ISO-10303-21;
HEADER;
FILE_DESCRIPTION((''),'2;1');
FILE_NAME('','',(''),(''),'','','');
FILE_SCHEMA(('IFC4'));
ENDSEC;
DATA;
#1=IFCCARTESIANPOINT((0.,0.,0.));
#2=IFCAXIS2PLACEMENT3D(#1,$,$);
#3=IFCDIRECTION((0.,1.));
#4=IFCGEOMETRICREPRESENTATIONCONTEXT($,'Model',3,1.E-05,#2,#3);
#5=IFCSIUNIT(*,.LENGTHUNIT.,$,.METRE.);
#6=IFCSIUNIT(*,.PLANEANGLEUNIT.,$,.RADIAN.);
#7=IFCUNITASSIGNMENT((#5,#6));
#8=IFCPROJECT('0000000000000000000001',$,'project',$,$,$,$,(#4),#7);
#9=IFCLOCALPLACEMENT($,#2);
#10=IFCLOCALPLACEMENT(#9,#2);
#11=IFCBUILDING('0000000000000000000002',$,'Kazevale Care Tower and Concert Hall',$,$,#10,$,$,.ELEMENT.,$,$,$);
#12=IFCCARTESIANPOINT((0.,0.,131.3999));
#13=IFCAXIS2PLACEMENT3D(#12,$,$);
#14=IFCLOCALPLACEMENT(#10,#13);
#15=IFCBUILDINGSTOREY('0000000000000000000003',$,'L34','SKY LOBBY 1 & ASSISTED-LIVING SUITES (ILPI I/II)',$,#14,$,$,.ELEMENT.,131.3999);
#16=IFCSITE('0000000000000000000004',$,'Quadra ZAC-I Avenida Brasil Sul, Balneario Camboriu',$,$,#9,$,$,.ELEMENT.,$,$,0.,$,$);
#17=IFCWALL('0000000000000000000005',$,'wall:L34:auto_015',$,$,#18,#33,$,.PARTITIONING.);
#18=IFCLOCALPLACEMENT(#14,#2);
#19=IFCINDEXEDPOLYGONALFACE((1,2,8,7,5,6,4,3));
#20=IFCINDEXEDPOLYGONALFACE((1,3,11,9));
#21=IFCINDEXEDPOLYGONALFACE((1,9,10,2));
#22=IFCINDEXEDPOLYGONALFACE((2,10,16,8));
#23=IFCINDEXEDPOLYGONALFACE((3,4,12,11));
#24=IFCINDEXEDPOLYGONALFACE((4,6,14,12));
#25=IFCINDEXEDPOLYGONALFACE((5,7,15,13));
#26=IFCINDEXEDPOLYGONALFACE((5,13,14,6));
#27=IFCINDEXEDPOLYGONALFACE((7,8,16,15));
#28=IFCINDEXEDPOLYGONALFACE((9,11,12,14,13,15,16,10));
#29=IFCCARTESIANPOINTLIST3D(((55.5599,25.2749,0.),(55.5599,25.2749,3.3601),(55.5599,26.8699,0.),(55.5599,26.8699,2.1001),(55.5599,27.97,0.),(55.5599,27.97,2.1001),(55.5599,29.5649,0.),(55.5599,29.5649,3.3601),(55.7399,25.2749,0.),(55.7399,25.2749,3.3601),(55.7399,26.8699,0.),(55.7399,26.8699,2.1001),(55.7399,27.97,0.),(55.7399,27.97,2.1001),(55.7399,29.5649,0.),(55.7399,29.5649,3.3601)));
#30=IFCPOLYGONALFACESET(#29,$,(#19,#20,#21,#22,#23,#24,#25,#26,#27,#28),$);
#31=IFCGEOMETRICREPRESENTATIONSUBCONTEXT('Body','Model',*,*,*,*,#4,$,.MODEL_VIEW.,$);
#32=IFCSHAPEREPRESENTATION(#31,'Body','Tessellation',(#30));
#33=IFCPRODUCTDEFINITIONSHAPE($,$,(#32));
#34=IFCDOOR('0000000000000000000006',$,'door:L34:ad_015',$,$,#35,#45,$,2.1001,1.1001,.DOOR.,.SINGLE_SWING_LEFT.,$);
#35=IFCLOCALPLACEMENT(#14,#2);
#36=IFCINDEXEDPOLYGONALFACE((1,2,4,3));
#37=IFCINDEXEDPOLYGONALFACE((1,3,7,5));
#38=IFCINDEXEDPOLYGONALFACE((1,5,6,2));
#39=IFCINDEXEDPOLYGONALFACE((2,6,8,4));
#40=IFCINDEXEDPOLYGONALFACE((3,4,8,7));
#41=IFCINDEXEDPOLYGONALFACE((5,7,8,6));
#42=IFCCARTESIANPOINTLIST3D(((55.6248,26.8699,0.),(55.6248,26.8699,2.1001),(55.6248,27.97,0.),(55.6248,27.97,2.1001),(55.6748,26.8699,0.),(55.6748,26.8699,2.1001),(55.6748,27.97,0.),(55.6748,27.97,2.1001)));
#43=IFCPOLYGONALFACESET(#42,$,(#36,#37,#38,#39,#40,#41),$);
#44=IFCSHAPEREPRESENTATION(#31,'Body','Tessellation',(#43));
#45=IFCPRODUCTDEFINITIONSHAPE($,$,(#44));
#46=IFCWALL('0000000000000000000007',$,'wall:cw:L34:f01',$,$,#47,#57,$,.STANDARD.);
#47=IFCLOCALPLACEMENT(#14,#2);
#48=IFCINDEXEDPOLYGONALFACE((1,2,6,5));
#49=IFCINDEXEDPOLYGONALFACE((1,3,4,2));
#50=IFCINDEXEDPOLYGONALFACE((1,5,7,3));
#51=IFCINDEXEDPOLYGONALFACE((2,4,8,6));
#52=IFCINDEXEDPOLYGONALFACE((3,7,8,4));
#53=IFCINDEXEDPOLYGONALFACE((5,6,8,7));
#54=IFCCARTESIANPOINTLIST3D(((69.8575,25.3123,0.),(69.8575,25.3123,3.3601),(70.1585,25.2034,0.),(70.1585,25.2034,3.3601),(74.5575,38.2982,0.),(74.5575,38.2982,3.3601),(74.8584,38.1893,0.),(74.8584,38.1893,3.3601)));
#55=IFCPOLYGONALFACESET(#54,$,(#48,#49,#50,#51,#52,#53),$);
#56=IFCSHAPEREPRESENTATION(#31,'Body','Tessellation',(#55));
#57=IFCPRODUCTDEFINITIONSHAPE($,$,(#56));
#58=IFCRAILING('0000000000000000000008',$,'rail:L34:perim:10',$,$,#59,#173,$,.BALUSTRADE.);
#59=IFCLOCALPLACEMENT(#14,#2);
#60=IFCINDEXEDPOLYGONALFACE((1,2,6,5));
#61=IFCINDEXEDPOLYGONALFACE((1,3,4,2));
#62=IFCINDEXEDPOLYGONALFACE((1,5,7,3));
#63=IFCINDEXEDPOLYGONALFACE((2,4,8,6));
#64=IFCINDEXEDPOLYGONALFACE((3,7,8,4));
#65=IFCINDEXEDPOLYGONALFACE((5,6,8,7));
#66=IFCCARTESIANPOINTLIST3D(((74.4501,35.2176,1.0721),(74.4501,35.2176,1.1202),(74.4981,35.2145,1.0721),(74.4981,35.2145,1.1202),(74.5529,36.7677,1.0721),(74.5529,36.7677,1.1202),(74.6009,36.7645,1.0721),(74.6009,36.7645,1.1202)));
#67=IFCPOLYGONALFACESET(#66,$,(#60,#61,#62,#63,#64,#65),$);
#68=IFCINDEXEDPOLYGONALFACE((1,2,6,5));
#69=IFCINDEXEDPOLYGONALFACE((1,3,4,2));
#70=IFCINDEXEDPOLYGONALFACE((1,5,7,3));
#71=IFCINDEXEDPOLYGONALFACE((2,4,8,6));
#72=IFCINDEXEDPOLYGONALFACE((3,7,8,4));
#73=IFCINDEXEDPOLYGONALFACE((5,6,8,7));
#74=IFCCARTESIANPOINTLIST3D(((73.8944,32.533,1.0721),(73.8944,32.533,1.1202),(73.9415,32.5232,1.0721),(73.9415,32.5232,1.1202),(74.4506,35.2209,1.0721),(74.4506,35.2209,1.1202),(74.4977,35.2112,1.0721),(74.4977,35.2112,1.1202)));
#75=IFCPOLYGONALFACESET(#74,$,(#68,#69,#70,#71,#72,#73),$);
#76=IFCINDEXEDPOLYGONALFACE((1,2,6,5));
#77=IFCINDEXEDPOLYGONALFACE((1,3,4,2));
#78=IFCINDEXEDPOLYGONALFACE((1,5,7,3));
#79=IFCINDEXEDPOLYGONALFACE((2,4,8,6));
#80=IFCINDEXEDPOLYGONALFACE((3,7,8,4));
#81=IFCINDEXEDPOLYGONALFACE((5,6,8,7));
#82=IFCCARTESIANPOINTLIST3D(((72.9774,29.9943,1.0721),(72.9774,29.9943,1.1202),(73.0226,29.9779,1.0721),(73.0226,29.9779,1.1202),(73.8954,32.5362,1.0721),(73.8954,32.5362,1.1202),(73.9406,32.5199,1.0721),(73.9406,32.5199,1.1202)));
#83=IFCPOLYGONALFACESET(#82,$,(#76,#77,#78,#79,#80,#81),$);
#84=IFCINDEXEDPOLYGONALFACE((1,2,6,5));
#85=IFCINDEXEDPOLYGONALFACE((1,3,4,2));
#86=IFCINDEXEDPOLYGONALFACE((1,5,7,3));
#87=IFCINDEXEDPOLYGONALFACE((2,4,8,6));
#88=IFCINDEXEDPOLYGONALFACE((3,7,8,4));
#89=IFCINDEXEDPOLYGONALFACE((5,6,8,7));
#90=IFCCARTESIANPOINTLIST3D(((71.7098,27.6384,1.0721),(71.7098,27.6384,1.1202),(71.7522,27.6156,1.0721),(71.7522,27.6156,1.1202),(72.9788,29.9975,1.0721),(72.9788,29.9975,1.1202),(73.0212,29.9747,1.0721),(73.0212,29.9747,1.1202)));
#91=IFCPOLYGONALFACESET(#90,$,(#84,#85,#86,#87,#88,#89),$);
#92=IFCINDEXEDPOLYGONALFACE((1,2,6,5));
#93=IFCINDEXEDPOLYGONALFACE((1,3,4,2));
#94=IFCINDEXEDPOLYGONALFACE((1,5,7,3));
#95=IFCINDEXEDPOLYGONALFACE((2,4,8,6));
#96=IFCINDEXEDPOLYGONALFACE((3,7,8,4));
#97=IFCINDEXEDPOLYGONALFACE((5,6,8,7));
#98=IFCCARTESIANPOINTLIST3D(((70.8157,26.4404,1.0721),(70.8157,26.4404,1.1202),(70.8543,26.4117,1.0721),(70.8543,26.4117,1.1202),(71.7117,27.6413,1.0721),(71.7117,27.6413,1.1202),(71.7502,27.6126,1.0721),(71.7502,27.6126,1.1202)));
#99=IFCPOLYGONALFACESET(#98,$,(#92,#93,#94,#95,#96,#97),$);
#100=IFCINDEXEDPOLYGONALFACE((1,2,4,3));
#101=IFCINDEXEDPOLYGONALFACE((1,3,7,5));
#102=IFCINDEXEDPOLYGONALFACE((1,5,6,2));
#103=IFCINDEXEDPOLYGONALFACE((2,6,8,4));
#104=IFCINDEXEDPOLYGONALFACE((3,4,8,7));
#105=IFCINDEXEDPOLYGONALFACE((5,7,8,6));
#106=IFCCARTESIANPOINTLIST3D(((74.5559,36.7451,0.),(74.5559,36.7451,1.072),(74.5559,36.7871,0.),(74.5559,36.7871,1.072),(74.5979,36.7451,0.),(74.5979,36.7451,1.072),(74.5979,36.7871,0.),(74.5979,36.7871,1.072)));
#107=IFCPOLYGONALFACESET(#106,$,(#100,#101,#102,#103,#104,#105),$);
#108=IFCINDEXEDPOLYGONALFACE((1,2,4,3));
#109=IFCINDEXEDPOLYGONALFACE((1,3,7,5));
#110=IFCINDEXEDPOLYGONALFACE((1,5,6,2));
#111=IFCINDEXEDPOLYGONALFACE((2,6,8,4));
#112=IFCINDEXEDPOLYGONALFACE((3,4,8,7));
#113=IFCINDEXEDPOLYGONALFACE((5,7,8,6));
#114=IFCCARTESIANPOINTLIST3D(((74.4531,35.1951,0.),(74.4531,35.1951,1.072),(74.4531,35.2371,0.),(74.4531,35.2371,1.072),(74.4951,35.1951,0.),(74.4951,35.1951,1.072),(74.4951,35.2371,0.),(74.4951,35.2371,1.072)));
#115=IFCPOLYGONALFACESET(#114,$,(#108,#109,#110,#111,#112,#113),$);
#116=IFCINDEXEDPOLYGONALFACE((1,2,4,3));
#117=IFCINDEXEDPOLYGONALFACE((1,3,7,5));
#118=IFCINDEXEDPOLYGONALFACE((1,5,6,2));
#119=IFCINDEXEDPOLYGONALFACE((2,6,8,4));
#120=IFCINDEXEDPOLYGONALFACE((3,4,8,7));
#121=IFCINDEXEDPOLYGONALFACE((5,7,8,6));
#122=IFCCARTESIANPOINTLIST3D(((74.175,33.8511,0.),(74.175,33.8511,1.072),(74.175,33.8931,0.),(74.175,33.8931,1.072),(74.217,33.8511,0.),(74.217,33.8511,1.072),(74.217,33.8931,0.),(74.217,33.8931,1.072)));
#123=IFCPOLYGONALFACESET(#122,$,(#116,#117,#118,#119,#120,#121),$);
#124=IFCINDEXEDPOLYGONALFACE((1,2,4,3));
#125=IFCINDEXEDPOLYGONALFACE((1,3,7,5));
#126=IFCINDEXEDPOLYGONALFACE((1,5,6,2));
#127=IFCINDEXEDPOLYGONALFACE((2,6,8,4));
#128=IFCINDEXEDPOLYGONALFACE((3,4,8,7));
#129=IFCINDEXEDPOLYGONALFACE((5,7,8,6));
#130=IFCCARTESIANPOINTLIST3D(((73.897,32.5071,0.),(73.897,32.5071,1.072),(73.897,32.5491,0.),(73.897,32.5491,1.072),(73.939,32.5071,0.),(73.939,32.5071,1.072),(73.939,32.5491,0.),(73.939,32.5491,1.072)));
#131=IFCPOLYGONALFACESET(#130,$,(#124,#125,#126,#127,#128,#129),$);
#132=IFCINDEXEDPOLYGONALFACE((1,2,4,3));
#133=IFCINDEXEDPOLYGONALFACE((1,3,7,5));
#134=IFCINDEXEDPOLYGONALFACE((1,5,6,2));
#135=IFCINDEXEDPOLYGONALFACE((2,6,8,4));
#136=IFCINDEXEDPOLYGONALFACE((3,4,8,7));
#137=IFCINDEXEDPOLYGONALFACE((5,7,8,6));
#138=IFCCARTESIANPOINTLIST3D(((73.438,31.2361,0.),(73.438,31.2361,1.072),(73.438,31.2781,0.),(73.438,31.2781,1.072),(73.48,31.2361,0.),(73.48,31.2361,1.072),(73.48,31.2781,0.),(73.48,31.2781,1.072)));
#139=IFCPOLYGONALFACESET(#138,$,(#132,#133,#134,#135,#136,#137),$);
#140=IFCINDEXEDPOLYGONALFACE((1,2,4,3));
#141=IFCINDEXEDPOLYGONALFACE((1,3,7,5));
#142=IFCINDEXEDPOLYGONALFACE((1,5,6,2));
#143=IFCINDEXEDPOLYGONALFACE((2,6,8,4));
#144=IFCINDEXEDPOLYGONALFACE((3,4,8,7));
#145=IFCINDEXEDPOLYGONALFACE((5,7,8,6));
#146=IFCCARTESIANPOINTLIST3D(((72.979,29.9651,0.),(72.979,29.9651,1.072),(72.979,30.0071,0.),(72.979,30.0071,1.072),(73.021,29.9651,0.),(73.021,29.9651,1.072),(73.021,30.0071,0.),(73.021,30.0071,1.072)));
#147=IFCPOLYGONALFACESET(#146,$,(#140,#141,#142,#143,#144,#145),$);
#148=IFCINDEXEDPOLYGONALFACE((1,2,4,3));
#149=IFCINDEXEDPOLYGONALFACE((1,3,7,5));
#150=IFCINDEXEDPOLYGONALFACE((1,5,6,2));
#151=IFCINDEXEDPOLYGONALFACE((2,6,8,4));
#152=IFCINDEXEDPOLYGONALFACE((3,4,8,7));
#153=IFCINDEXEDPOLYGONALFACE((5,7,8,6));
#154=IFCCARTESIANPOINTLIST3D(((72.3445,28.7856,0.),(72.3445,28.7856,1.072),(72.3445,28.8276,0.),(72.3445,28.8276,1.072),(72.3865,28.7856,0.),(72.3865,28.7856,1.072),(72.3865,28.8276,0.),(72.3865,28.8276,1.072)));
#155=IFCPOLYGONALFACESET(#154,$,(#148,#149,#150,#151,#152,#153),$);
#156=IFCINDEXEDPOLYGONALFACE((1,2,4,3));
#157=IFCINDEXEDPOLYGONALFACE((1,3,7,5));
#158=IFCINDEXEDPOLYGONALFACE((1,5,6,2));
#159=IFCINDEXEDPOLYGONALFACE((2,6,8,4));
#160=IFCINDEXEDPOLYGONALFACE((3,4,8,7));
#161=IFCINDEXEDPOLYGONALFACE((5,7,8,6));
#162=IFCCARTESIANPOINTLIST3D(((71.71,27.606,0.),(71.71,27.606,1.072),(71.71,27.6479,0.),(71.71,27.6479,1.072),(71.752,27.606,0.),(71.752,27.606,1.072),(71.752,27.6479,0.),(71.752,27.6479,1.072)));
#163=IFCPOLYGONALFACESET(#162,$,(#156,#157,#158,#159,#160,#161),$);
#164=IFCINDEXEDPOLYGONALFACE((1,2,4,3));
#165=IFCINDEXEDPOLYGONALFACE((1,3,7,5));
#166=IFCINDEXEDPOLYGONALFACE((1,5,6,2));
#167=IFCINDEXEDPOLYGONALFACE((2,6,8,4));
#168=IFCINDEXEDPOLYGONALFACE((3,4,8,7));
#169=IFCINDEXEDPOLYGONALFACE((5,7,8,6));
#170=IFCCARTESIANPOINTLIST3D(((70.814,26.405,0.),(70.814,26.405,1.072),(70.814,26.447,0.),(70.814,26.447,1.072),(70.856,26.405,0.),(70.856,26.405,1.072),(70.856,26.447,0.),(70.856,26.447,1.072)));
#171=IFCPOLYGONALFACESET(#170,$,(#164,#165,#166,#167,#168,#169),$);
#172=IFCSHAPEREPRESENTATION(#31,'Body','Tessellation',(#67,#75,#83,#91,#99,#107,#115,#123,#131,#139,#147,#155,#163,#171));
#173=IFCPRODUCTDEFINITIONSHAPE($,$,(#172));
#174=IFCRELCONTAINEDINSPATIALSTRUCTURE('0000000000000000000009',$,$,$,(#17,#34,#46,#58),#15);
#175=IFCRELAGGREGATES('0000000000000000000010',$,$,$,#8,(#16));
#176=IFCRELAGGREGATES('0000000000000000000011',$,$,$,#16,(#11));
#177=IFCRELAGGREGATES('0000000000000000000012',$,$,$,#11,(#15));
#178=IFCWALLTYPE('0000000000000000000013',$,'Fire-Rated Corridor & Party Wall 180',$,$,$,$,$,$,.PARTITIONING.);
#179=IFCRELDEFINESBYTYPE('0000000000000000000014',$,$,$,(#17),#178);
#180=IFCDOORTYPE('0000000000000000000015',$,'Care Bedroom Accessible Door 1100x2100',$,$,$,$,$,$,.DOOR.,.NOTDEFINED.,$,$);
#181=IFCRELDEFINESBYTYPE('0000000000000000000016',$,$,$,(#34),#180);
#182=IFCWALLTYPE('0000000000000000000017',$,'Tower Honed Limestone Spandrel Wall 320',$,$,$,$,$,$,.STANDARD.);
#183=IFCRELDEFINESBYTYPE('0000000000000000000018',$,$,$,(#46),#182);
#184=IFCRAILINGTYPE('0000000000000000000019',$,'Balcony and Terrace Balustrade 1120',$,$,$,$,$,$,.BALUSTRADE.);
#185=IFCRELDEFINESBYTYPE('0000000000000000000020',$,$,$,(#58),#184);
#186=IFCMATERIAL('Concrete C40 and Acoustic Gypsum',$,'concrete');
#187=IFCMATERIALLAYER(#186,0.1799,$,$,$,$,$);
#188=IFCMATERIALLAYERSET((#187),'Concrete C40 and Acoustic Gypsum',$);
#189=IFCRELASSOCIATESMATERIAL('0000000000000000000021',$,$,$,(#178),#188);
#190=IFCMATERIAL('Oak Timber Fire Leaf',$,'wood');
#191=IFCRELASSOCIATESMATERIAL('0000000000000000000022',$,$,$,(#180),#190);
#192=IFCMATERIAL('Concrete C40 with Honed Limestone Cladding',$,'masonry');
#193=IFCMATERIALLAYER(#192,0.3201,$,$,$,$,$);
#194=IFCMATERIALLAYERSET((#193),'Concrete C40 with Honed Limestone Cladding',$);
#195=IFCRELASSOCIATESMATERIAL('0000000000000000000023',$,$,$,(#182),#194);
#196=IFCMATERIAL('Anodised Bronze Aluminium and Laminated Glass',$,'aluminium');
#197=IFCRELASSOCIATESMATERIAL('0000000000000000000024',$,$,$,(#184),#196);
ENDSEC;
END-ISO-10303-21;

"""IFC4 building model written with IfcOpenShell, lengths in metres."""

from ifc_helpers import new_model, si_unit, direction, frame, frame_2d, origin, origin_2d, place, context, subcontext, project, spatial, rectangle, extrude, material, layer, layer_set, type_object, element, fill, save


model = new_model("IFC4")

# Units and contexts
model_context = context("Model", 3, precision=1e-05, world=origin(), true_north=direction((0.0, 1.0)))
body_context = subcontext(model_context, "Body", "Model", "MODEL_VIEW")
ifc_project = project(units=[si_unit("LENGTHUNIT", "METRE"), si_unit("PLANEANGLEUNIT", "RADIAN")], contexts=[model_context])

# Site, building, storey
site_placement = place(None, origin())
site = spatial("IfcSite", under=ifc_project, at=site_placement, Name="Quadra ZAC-I Avenida Brasil Sul, Balneario Camboriu", CompositionType="ELEMENT", RefElevation=0.0)
building_placement = place(site_placement, origin())
building = spatial("IfcBuilding", under=site, at=building_placement, Name="Kazevale Care Tower and Concert Hall", CompositionType="ELEMENT")
storey_placement = place(building_placement, frame((0.0, 0.0, 131.3999)))
storey = spatial("IfcBuildingStorey", under=building, at=storey_placement, Name="L34", Description="SKY LOBBY 1 & ASSISTED-LIVING SUITES (ILPI I/II)", CompositionType="ELEMENT", Elevation=131.3999)

# Wall, opening, door
ifc_material_1 = material(Name="Concrete C40 and Acoustic Gypsum", Category="concrete")
ifc_layer_1 = layer(ifc_material_1, 0.1799)
ifc_layer_set_1 = layer_set([ifc_layer_1], Name="Concrete C40 and Acoustic Gypsum")
wall_type_1 = type_object("IfcWallType", Name="Fire-Rated Corridor & Party Wall 180", PredefinedType="PARTITIONING", material=ifc_layer_set_1)
ifc_material_2 = material(Name="Oak Timber Fire Leaf", Category="wood")
door_type = type_object("IfcDoorType", Name="Care Bedroom Accessible Door 1100x2100", OperationType="NOTDEFINED", PredefinedType="DOOR", material=ifc_material_2)
wall_1_placement = place(storey_placement, frame((55.6499, 29.5649, 0.0), z_axis=(0.0, 0.0, 1.0), x_axis=(0.0, -1.0, 0.0)))
wall_1 = element("IfcWall", 1, at=wall_1_placement, inside=storey, type_object=wall_type_1, Name="wall:L34:auto_015", PredefinedType="PARTITIONING", context=body_context, shape_type="SweptSolid", body=[
    extrude(rectangle(XDim=4.29, YDim=0.1799, at=frame_2d((2.145, 0.0))), origin(), (0.0, 0.0, 1.0), 3.3601),
])
opening_1_placement = place(wall_1_placement, frame((1.595, 0.0, 0.0)))
opening_1 = element("IfcOpeningElement", 2, at=opening_1_placement, cuts=wall_1, PredefinedType="OPENING", context=body_context, shape_type="SweptSolid", body=[
    extrude(rectangle(XDim=1.1001, YDim=2.1001, at=frame_2d((0.55, 1.05))), frame((0.0, 0.0999, 0.0), z_axis=(0.0, -1.0, 0.0), x_axis=(1.0, 0.0, 0.0)), (0.0, 0.0, 1.0), 0.2),
])
door_1_placement = place(opening_1_placement, origin())
door_1 = element("IfcDoor", 3, at=door_1_placement, inside=storey, type_object=door_type, Name="door:L34:ad_015", OperationType="SINGLE_SWING_LEFT", OverallHeight=2.1001, OverallWidth=1.1001, PredefinedType="DOOR", context=body_context, shape_type="SweptSolid", body=[
    extrude(rectangle(XDim=1.1001, YDim=2.1001, at=frame_2d((0.55, 1.05))), frame((0.0, 0.0249, 0.0), z_axis=(0.0, -1.0, 0.0), x_axis=(1.0, 0.0, 0.0)), (0.0, 0.0, 1.0), 0.05),
])
fill(opening_1, door_1)

# Wall
ifc_material_3 = material(Name="Concrete C40 with Honed Limestone Cladding", Category="masonry")
ifc_layer_2 = layer(ifc_material_3, 0.3201)
ifc_layer_set_2 = layer_set([ifc_layer_2], Name="Concrete C40 with Honed Limestone Cladding")
wall_type_2 = type_object("IfcWallType", Name="Tower Honed Limestone Spandrel Wall 320", PredefinedType="STANDARD", material=ifc_layer_set_2)
wall_2_placement = place(storey_placement, frame((74.708, 38.2439, 0.0), z_axis=(0.0, 0.0, 1.0), x_axis=(-0.340325, -0.940308, 0.0)))
element("IfcWall", 4, at=wall_2_placement, inside=storey, type_object=wall_type_2, Name="wall:cw:L34:f01", PredefinedType="STANDARD", context=body_context, shape_type="SweptSolid", body=[
    extrude(rectangle(XDim=13.8103, YDim=0.3201, at=frame_2d((6.9053, 0.0))), origin(), (0.0, 0.0, 1.0), 3.3601),
])

# Railing
ifc_material_4 = material(Name="Anodised Bronze Aluminium and Laminated Glass", Category="aluminium")
railing_type = type_object("IfcRailingType", Name="Balcony and Terrace Balustrade 1120", PredefinedType="BALUSTRADE", material=ifc_material_4)
railing_1_placement = place(storey_placement, frame((74.5769, 36.7661, 0.0)))
element("IfcRailing", 5, at=railing_1_placement, inside=storey, type_object=railing_type, Name="rail:L34:perim:10", PredefinedType="BALUSTRADE", context=body_context, shape_type="SweptSolid", body=[
    extrude(rectangle(XDim=0.0481, YDim=0.0481, at=origin_2d()), frame((0.0, 0.0, 1.0962), z_axis=(-0.066164, -0.997809, 0.0), x_axis=(0.997809, -0.066164, 0.0)), (0.0, 0.0, 1.0), 1.5535),
    extrude(rectangle(XDim=0.0481, YDim=0.0481, at=origin_2d()), frame((-0.1028, -1.55, 1.0962), z_axis=(-0.202611, -0.979259, 0.0), x_axis=(0.979259, -0.202611, 0.0)), (0.0, 0.0, 1.0), 2.7449),
    extrude(rectangle(XDim=0.0481, YDim=0.0481, at=origin_2d()), frame((-0.6589, -4.238, 1.0962), z_axis=(-0.339653, -0.940551, 0.0), x_axis=(0.940551, -0.339653, 0.0)), (0.0, 0.0, 1.0), 2.7026),
    extrude(rectangle(XDim=0.0481, YDim=0.0481, at=origin_2d()), frame((-1.5769, -6.78, 1.0962), z_axis=(-0.473736, -0.880667, 0.0), x_axis=(0.880667, -0.473736, 0.0)), (0.0, 0.0, 1.0), 2.6787),
    extrude(rectangle(XDim=0.0481, YDim=0.0481, at=origin_2d()), frame((-2.8459, -9.1392, 1.0962), z_axis=(-0.597991, -0.801503, 0.0), x_axis=(0.801503, -0.597991, 0.0)), (0.0, 0.0, 1.0), 1.4983),
    extrude(rectangle(XDim=0.042, YDim=0.042, at=origin_2d()), origin(), (0.0, 0.0, 1.0), 1.072),
    extrude(rectangle(XDim=0.042, YDim=0.042, at=origin_2d()), frame((-0.1028, -1.55, 0.0)), (0.0, 0.0, 1.0), 1.072),
    extrude(rectangle(XDim=0.042, YDim=0.042, at=origin_2d()), frame((-0.3809, -2.894, 0.0)), (0.0, 0.0, 1.0), 1.072),
    extrude(rectangle(XDim=0.042, YDim=0.042, at=origin_2d()), frame((-0.6589, -4.238, 0.0)), (0.0, 0.0, 1.0), 1.072),
    extrude(rectangle(XDim=0.042, YDim=0.042, at=origin_2d()), frame((-1.1179, -5.509, 0.0)), (0.0, 0.0, 1.0), 1.072),
    extrude(rectangle(XDim=0.042, YDim=0.042, at=origin_2d()), frame((-1.5769, -6.78, 0.0)), (0.0, 0.0, 1.0), 1.072),
    extrude(rectangle(XDim=0.042, YDim=0.042, at=origin_2d()), frame((-2.2114, -7.9595, 0.0)), (0.0, 0.0, 1.0), 1.072),
    extrude(rectangle(XDim=0.042, YDim=0.042, at=origin_2d()), frame((-2.8459, -9.1392, 0.0)), (0.0, 0.0, 1.0), 1.072),
    extrude(rectangle(XDim=0.042, YDim=0.042, at=origin_2d()), frame((-3.7419, -10.3401, 0.0)), (0.0, 0.0, 1.0), 1.072),
])

save(model, "model.ifc")
